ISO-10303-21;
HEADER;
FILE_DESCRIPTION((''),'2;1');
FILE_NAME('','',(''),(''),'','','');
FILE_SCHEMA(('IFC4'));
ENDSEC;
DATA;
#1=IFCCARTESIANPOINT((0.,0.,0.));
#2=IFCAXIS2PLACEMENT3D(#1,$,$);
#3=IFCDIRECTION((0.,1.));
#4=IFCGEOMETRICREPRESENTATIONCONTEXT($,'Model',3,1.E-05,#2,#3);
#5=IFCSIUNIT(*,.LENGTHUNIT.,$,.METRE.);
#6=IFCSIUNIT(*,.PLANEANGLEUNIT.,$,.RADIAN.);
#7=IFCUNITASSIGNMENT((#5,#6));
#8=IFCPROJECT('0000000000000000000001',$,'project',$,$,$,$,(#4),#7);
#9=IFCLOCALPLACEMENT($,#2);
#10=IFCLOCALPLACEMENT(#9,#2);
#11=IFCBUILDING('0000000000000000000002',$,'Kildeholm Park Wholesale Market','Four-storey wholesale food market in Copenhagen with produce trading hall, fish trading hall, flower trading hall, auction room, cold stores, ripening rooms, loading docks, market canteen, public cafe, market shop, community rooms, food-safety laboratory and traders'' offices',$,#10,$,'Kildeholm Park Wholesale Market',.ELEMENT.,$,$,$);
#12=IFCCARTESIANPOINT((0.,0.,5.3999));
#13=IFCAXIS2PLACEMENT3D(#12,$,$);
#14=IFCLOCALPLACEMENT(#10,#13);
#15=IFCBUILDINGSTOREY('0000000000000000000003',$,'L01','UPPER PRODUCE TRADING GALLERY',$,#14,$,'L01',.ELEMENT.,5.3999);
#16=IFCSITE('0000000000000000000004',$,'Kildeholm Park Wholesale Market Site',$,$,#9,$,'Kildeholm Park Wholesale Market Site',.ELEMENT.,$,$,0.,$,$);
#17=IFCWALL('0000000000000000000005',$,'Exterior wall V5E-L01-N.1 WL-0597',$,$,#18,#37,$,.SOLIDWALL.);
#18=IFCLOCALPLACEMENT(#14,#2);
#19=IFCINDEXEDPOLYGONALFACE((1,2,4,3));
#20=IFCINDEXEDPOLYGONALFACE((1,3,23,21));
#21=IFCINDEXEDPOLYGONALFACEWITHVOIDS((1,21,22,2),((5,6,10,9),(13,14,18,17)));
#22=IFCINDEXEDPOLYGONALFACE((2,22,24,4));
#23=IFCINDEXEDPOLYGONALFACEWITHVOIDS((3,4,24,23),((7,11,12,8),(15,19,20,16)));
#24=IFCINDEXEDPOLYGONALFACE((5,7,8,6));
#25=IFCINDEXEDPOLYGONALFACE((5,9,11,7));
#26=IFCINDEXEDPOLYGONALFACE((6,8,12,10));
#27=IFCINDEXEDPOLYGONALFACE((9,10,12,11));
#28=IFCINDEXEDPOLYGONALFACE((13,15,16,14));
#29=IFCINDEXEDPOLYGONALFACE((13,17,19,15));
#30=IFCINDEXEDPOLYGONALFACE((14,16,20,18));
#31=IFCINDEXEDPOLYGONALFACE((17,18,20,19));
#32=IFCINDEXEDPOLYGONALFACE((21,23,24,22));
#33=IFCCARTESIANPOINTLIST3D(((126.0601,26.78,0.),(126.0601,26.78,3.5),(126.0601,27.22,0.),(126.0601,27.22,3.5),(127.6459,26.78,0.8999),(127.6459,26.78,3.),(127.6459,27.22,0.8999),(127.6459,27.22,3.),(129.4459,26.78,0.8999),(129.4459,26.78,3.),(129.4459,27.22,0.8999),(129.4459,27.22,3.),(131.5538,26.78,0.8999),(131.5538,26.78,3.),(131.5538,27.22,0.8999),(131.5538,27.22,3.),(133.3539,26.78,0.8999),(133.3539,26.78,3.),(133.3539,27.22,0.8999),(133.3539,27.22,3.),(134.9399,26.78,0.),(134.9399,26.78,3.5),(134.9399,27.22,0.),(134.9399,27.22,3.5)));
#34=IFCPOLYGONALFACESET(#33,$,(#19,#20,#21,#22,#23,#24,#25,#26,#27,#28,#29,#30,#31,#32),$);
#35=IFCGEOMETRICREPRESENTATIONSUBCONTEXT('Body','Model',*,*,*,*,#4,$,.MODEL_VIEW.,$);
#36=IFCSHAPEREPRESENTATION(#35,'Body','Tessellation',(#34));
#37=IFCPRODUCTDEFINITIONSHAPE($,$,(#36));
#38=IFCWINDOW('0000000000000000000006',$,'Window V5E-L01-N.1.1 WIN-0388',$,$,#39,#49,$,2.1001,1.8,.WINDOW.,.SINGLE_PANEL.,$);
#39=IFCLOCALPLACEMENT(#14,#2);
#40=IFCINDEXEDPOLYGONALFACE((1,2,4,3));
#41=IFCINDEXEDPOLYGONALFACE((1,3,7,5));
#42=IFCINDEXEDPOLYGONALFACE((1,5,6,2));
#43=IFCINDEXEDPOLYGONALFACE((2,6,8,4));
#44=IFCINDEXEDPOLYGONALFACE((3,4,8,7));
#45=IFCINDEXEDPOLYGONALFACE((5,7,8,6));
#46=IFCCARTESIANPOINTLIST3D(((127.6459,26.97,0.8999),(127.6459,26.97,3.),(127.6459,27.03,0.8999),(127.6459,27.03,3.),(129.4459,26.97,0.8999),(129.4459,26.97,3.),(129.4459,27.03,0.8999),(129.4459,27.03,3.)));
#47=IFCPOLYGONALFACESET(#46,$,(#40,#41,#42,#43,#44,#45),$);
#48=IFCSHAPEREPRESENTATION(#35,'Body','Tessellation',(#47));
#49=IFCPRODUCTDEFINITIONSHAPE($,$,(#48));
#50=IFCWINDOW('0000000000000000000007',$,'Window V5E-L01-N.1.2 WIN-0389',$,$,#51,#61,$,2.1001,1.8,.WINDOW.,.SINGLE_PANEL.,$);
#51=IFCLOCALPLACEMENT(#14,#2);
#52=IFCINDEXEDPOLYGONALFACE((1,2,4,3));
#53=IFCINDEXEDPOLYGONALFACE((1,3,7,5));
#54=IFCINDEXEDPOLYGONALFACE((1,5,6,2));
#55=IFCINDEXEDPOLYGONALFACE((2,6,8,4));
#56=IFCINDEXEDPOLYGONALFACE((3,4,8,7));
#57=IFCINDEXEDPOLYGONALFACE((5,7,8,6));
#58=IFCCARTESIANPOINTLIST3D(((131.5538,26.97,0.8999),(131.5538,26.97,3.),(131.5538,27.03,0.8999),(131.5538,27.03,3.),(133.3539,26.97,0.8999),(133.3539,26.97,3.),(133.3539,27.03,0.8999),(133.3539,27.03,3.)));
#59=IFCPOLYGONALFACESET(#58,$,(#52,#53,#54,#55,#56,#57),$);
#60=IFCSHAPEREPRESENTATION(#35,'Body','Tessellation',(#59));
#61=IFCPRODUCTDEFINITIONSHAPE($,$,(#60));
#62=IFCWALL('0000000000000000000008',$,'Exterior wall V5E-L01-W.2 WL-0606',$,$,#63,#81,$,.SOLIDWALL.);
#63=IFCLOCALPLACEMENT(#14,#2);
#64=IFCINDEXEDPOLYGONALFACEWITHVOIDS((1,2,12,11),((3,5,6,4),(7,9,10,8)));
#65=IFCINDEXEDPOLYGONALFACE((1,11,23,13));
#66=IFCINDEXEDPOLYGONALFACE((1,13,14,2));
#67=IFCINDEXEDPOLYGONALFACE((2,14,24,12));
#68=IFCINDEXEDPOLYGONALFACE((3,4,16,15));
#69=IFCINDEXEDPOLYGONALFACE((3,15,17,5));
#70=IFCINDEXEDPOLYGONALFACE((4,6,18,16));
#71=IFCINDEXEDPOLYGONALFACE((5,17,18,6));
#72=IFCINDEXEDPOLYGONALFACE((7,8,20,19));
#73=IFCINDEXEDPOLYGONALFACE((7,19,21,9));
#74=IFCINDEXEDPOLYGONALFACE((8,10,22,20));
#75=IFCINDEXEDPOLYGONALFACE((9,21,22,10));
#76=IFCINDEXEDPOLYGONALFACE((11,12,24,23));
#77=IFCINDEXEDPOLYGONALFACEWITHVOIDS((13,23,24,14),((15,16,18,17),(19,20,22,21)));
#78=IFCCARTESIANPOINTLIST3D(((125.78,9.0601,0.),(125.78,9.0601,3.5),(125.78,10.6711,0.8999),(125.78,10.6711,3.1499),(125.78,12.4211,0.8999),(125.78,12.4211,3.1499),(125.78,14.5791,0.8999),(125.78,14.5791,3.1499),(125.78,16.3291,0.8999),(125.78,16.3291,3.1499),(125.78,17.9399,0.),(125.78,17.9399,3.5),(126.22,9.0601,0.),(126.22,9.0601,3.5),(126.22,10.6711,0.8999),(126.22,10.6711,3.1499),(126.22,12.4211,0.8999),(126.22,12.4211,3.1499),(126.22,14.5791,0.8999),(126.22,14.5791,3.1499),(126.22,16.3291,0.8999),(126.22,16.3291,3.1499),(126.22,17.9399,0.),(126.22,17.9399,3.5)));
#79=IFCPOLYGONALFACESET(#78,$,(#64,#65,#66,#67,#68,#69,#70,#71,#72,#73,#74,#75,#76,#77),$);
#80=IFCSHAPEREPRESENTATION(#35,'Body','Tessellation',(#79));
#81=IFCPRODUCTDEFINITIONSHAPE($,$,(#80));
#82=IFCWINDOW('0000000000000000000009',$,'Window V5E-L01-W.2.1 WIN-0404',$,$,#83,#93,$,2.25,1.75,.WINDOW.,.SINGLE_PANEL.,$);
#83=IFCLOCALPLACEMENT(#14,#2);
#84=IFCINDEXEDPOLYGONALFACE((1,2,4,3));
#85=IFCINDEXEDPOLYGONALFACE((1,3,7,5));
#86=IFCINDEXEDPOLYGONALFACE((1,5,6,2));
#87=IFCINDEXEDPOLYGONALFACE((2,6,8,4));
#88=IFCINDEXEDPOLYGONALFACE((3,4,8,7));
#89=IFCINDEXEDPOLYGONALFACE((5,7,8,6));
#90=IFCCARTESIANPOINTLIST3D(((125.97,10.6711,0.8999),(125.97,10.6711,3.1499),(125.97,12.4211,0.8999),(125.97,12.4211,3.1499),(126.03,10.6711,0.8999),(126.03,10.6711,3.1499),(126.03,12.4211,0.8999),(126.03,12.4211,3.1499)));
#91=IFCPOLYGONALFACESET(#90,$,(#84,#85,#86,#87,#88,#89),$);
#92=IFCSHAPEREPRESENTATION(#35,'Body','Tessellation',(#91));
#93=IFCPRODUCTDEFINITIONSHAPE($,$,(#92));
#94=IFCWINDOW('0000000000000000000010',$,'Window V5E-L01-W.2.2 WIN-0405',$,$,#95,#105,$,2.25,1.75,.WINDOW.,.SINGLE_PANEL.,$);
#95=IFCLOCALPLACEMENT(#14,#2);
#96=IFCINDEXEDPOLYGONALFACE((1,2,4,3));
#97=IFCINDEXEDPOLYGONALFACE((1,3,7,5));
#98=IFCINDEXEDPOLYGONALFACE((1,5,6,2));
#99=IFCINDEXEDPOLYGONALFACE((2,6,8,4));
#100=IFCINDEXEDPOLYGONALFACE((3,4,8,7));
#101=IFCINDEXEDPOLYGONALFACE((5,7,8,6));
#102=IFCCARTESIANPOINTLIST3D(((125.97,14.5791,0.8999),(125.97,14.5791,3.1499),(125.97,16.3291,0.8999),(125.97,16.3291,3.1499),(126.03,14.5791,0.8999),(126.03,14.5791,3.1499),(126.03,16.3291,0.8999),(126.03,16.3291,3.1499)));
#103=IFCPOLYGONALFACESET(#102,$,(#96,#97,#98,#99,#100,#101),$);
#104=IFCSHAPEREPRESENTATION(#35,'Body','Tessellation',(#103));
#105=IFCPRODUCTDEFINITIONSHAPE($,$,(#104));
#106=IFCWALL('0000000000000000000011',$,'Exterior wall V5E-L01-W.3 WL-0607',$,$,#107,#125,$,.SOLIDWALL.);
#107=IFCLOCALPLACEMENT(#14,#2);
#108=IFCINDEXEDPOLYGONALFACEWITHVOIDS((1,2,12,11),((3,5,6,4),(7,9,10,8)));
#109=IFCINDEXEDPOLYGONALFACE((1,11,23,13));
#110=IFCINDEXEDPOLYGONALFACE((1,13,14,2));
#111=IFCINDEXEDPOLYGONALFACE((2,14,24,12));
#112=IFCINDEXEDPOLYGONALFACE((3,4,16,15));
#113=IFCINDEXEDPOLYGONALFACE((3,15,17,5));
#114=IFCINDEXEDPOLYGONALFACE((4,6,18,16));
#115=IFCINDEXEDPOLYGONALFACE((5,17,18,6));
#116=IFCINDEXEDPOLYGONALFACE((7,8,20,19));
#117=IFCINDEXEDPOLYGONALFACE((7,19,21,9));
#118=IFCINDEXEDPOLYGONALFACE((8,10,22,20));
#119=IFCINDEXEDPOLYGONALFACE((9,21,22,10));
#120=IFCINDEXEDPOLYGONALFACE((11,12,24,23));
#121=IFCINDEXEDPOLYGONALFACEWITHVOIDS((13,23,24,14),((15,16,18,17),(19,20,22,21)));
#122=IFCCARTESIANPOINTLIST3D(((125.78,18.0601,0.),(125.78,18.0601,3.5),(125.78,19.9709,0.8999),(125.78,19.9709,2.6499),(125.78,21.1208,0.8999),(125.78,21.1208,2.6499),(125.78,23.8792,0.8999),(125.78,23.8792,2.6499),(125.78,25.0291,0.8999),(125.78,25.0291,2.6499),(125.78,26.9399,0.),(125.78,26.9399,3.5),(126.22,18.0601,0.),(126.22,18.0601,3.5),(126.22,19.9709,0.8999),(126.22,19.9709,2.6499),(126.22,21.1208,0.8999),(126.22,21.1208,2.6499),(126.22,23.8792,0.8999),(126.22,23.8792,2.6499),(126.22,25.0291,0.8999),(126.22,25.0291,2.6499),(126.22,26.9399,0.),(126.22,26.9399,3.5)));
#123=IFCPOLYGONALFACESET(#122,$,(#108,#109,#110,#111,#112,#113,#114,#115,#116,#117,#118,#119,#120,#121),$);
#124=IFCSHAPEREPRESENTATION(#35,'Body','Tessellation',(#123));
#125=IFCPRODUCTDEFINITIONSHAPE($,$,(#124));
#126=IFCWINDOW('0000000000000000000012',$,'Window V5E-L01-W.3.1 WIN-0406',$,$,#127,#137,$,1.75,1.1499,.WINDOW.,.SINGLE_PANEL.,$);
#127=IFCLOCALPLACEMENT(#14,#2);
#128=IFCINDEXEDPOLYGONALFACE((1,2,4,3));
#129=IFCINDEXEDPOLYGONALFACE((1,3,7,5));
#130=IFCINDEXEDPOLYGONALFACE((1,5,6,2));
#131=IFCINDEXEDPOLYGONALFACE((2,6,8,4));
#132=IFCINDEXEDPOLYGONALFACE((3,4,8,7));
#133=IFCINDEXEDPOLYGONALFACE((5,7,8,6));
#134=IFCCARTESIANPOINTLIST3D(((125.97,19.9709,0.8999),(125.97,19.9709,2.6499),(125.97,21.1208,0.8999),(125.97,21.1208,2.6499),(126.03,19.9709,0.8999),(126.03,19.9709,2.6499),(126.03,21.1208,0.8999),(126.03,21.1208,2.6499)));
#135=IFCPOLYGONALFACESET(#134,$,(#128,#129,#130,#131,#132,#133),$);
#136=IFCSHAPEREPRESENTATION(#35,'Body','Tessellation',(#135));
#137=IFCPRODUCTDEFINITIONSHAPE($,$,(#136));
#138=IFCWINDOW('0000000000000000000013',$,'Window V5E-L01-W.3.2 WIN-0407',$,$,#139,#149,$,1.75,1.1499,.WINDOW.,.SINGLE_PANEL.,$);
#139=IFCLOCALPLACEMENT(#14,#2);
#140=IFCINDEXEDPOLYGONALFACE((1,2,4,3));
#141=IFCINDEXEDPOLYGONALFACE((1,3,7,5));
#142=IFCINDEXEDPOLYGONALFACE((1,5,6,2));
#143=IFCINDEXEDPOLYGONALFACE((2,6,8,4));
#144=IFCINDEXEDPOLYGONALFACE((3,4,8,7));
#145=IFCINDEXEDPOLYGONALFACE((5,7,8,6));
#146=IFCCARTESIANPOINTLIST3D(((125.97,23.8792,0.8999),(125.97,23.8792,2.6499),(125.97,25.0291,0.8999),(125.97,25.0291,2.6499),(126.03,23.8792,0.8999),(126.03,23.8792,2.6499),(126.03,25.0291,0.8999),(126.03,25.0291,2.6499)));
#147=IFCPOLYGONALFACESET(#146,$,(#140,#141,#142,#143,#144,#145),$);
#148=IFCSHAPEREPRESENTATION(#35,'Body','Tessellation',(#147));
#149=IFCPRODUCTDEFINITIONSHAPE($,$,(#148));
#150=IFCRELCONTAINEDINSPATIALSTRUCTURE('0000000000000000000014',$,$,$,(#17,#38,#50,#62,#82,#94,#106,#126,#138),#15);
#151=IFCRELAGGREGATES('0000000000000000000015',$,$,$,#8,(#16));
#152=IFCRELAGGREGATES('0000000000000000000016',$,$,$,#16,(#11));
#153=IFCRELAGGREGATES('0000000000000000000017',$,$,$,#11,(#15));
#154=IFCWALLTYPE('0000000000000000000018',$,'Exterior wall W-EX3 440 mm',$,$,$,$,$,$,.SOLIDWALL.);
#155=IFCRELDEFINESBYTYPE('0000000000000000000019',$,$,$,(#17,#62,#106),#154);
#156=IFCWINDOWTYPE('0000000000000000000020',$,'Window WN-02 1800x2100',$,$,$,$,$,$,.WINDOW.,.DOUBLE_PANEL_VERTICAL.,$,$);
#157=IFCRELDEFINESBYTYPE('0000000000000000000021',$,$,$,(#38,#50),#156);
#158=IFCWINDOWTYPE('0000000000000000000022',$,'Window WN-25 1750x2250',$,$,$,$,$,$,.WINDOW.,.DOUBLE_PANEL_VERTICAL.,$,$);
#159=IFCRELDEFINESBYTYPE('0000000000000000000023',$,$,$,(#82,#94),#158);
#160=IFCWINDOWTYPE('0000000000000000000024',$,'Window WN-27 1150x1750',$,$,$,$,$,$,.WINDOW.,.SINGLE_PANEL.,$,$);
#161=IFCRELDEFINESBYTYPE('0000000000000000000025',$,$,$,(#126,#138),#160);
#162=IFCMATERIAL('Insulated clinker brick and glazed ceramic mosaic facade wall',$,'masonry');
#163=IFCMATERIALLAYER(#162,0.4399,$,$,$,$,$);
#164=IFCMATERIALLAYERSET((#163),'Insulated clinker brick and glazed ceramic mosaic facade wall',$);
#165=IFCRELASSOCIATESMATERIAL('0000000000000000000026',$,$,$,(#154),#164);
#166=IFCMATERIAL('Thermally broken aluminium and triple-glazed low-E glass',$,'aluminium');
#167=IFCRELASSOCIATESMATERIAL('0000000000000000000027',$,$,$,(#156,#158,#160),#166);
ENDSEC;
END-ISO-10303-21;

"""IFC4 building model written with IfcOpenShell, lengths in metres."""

from ifc_helpers import new_model, si_unit, direction, frame, frame_2d, origin, place, context, subcontext, project, spatial, rectangle, extrude, material, layer, layer_set, type_object, element, fill, save


model = new_model("IFC4")

# Units and contexts
model_context = context("Model", 3, precision=1e-05, world=origin(), true_north=direction((0.0, 1.0)))
body_context = subcontext(model_context, "Body", "Model", "MODEL_VIEW")
ifc_project = project(units=[si_unit("LENGTHUNIT", "METRE"), si_unit("PLANEANGLEUNIT", "RADIAN")], contexts=[model_context])

# Site, building, storey
site_placement = place(None, origin())
site = spatial("IfcSite", under=ifc_project, at=site_placement, Name="Kildeholm Park Wholesale Market Site", LongName="Kildeholm Park Wholesale Market Site", CompositionType="ELEMENT", RefElevation=0.0)
building_placement = place(site_placement, origin())
building = spatial("IfcBuilding", under=site, at=building_placement, Name="Kildeholm Park Wholesale Market", Description="Four-storey wholesale food market in Copenhagen with produce trading hall, fish trading hall, flower trading hall, auction room, cold stores, ripening rooms, loading docks, market canteen, public cafe, market shop, community rooms, food-safety laboratory and traders' offices", LongName="Kildeholm Park Wholesale Market", CompositionType="ELEMENT")
storey_placement = place(building_placement, frame((0.0, 0.0, 5.3999)))
storey = spatial("IfcBuildingStorey", under=building, at=storey_placement, Name="L01", Description="UPPER PRODUCE TRADING GALLERY", LongName="L01", CompositionType="ELEMENT", Elevation=5.3999)

# Walls, openings, windows
ifc_material_1 = material(Name="Insulated clinker brick and glazed ceramic mosaic facade wall", Category="masonry")
ifc_layer_1 = layer(ifc_material_1, 0.4399)
ifc_layer_set_1 = layer_set([ifc_layer_1], Name="Insulated clinker brick and glazed ceramic mosaic facade wall")
wall_type_1 = type_object("IfcWallType", Name="Exterior wall W-EX3 440 mm", PredefinedType="SOLIDWALL", material=ifc_layer_set_1)
wall_1_placement = place(storey_placement, frame((126.0601, 27.0, 0.0), z_axis=(0.0, 0.0, 1.0), x_axis=(1.0, 0.0, 0.0)))
wall_1 = element("IfcWall", 1, at=wall_1_placement, inside=storey, type_object=wall_type_1, Name="Exterior wall V5E-L01-N.1 WL-0597", PredefinedType="SOLIDWALL", context=body_context, shape_type="SweptSolid", body=[
    extrude(rectangle(XDim=8.8799, YDim=0.4399, at=frame_2d((4.4399, 0.0))), origin(), (0.0, 0.0, 1.0), 3.5),
])
opening_1_placement = place(wall_1_placement, frame((1.5859, 0.0, 0.8999)))
opening_1 = element("IfcOpeningElement", 2, at=opening_1_placement, cuts=wall_1, PredefinedType="OPENING", context=body_context, shape_type="SweptSolid", body=[
    extrude(rectangle(XDim=1.8, YDim=2.1001, at=frame_2d((0.8999, 1.05))), frame((0.0, 0.23, 0.0), z_axis=(0.0, -1.0, 0.0), x_axis=(1.0, 0.0, 0.0)), (0.0, 0.0, 1.0), 0.46),
])
opening_2_placement = place(wall_1_placement, frame((5.4939, 0.0, 0.8999)))
opening_2 = element("IfcOpeningElement", 3, at=opening_2_placement, cuts=wall_1, PredefinedType="OPENING", context=body_context, shape_type="SweptSolid", body=[
    extrude(rectangle(XDim=1.8, YDim=2.1001, at=frame_2d((0.8999, 1.05))), frame((0.0, 0.23, 0.0), z_axis=(0.0, -1.0, 0.0), x_axis=(1.0, 0.0, 0.0)), (0.0, 0.0, 1.0), 0.46),
])
ifc_material_2 = material(Name="Thermally broken aluminium and triple-glazed low-E glass", Category="aluminium")
window_type_1 = type_object("IfcWindowType", Name="Window WN-02 1800x2100", PartitioningType="DOUBLE_PANEL_VERTICAL", PredefinedType="WINDOW", material=ifc_material_2)
window_1_placement = place(opening_1_placement, origin())
window_1 = element("IfcWindow", 4, at=window_1_placement, inside=storey, type_object=window_type_1, Name="Window V5E-L01-N.1.1 WIN-0388", OverallHeight=2.1001, OverallWidth=1.8, PartitioningType="SINGLE_PANEL", PredefinedType="WINDOW", context=body_context, shape_type="SweptSolid", body=[
    extrude(rectangle(XDim=1.8, YDim=2.1001, at=frame_2d((0.8999, 1.05))), frame((0.0, 0.03, 0.0), z_axis=(0.0, -1.0, 0.0), x_axis=(1.0, 0.0, 0.0)), (0.0, 0.0, 1.0), 0.0601),
])
fill(opening_1, window_1)
window_2_placement = place(opening_2_placement, origin())
window_2 = element("IfcWindow", 5, at=window_2_placement, inside=storey, type_object=window_type_1, Name="Window V5E-L01-N.1.2 WIN-0389", OverallHeight=2.1001, OverallWidth=1.8, PartitioningType="SINGLE_PANEL", PredefinedType="WINDOW", context=body_context, shape_type="SweptSolid", body=[
    extrude(rectangle(XDim=1.8, YDim=2.1001, at=frame_2d((0.8999, 1.05))), frame((0.0, 0.03, 0.0), z_axis=(0.0, -1.0, 0.0), x_axis=(1.0, 0.0, 0.0)), (0.0, 0.0, 1.0), 0.0601),
])
fill(opening_2, window_2)
wall_2_placement = place(storey_placement, frame((126.0, 9.0601, 0.0), z_axis=(0.0, 0.0, 1.0), x_axis=(0.0, 1.0, 0.0)))
wall_2 = element("IfcWall", 6, at=wall_2_placement, inside=storey, type_object=wall_type_1, Name="Exterior wall V5E-L01-W.2 WL-0606", PredefinedType="SOLIDWALL", context=body_context, shape_type="SweptSolid", body=[
    extrude(rectangle(XDim=8.8799, YDim=0.4399, at=frame_2d((4.4399, 0.0))), origin(), (0.0, 0.0, 1.0), 3.5),
])
opening_3_placement = place(wall_2_placement, frame((1.6111, 0.0, 0.8999)))
opening_3 = element("IfcOpeningElement", 7, at=opening_3_placement, cuts=wall_2, PredefinedType="OPENING", context=body_context, shape_type="SweptSolid", body=[
    extrude(rectangle(XDim=1.75, YDim=2.25, at=frame_2d((0.875, 1.125))), frame((0.0, 0.23, 0.0), z_axis=(0.0, -1.0, 0.0), x_axis=(1.0, 0.0, 0.0)), (0.0, 0.0, 1.0), 0.46),
])
opening_4_placement = place(wall_2_placement, frame((5.519, 0.0, 0.8999)))
opening_4 = element("IfcOpeningElement", 8, at=opening_4_placement, cuts=wall_2, PredefinedType="OPENING", context=body_context, shape_type="SweptSolid", body=[
    extrude(rectangle(XDim=1.75, YDim=2.25, at=frame_2d((0.875, 1.125))), frame((0.0, 0.23, 0.0), z_axis=(0.0, -1.0, 0.0), x_axis=(1.0, 0.0, 0.0)), (0.0, 0.0, 1.0), 0.46),
])
window_type_2 = type_object("IfcWindowType", Name="Window WN-25 1750x2250", PartitioningType="DOUBLE_PANEL_VERTICAL", PredefinedType="WINDOW", material=ifc_material_2)
window_3_placement = place(opening_3_placement, origin())
window_3 = element("IfcWindow", 9, at=window_3_placement, inside=storey, type_object=window_type_2, Name="Window V5E-L01-W.2.1 WIN-0404", OverallHeight=2.25, OverallWidth=1.75, PartitioningType="SINGLE_PANEL", PredefinedType="WINDOW", context=body_context, shape_type="SweptSolid", body=[
    extrude(rectangle(XDim=1.75, YDim=2.25, at=frame_2d((0.875, 1.125))), frame((0.0, 0.03, 0.0), z_axis=(0.0, -1.0, 0.0), x_axis=(1.0, 0.0, 0.0)), (0.0, 0.0, 1.0), 0.0601),
])
fill(opening_3, window_3)
window_4_placement = place(opening_4_placement, origin())
window_4 = element("IfcWindow", 10, at=window_4_placement, inside=storey, type_object=window_type_2, Name="Window V5E-L01-W.2.2 WIN-0405", OverallHeight=2.25, OverallWidth=1.75, PartitioningType="SINGLE_PANEL", PredefinedType="WINDOW", context=body_context, shape_type="SweptSolid", body=[
    extrude(rectangle(XDim=1.75, YDim=2.25, at=frame_2d((0.875, 1.125))), frame((0.0, 0.03, 0.0), z_axis=(0.0, -1.0, 0.0), x_axis=(1.0, 0.0, 0.0)), (0.0, 0.0, 1.0), 0.0601),
])
fill(opening_4, window_4)
wall_3_placement = place(storey_placement, frame((126.0, 18.0601, 0.0), z_axis=(0.0, 0.0, 1.0), x_axis=(0.0, 1.0, 0.0)))
wall_3 = element("IfcWall", 11, at=wall_3_placement, inside=storey, type_object=wall_type_1, Name="Exterior wall V5E-L01-W.3 WL-0607", PredefinedType="SOLIDWALL", context=body_context, shape_type="SweptSolid", body=[
    extrude(rectangle(XDim=8.8799, YDim=0.4399, at=frame_2d((4.4399, 0.0))), origin(), (0.0, 0.0, 1.0), 3.5),
])
opening_5_placement = place(wall_3_placement, frame((1.9109, 0.0, 0.8999)))
opening_5 = element("IfcOpeningElement", 12, at=opening_5_placement, cuts=wall_3, PredefinedType="OPENING", context=body_context, shape_type="SweptSolid", body=[
    extrude(rectangle(XDim=1.1499, YDim=1.75, at=frame_2d((0.575, 0.875))), frame((0.0, 0.23, 0.0), z_axis=(0.0, -1.0, 0.0), x_axis=(1.0, 0.0, 0.0)), (0.0, 0.0, 1.0), 0.46),
])
opening_6_placement = place(wall_3_placement, frame((5.8191, 0.0, 0.8999)))
opening_6 = element("IfcOpeningElement", 13, at=opening_6_placement, cuts=wall_3, PredefinedType="OPENING", context=body_context, shape_type="SweptSolid", body=[
    extrude(rectangle(XDim=1.1499, YDim=1.75, at=frame_2d((0.575, 0.875))), frame((0.0, 0.23, 0.0), z_axis=(0.0, -1.0, 0.0), x_axis=(1.0, 0.0, 0.0)), (0.0, 0.0, 1.0), 0.46),
])
window_type_3 = type_object("IfcWindowType", Name="Window WN-27 1150x1750", PartitioningType="SINGLE_PANEL", PredefinedType="WINDOW", material=ifc_material_2)
window_5_placement = place(opening_5_placement, origin())
window_5 = element("IfcWindow", 14, at=window_5_placement, inside=storey, type_object=window_type_3, Name="Window V5E-L01-W.3.1 WIN-0406", OverallHeight=1.75, OverallWidth=1.1499, PartitioningType="SINGLE_PANEL", PredefinedType="WINDOW", context=body_context, shape_type="SweptSolid", body=[
    extrude(rectangle(XDim=1.1499, YDim=1.75, at=frame_2d((0.575, 0.875))), frame((0.0, 0.03, 0.0), z_axis=(0.0, -1.0, 0.0), x_axis=(1.0, 0.0, 0.0)), (0.0, 0.0, 1.0), 0.0601),
])
fill(opening_5, window_5)
window_6_placement = place(opening_6_placement, origin())
window_6 = element("IfcWindow", 15, at=window_6_placement, inside=storey, type_object=window_type_3, Name="Window V5E-L01-W.3.2 WIN-0407", OverallHeight=1.75, OverallWidth=1.1499, PartitioningType="SINGLE_PANEL", PredefinedType="WINDOW", context=body_context, shape_type="SweptSolid", body=[
    extrude(rectangle(XDim=1.1499, YDim=1.75, at=frame_2d((0.575, 0.875))), frame((0.0, 0.03, 0.0), z_axis=(0.0, -1.0, 0.0), x_axis=(1.0, 0.0, 0.0)), (0.0, 0.0, 1.0), 0.0601),
])
fill(opening_6, window_6)

save(model, "model.ifc")
